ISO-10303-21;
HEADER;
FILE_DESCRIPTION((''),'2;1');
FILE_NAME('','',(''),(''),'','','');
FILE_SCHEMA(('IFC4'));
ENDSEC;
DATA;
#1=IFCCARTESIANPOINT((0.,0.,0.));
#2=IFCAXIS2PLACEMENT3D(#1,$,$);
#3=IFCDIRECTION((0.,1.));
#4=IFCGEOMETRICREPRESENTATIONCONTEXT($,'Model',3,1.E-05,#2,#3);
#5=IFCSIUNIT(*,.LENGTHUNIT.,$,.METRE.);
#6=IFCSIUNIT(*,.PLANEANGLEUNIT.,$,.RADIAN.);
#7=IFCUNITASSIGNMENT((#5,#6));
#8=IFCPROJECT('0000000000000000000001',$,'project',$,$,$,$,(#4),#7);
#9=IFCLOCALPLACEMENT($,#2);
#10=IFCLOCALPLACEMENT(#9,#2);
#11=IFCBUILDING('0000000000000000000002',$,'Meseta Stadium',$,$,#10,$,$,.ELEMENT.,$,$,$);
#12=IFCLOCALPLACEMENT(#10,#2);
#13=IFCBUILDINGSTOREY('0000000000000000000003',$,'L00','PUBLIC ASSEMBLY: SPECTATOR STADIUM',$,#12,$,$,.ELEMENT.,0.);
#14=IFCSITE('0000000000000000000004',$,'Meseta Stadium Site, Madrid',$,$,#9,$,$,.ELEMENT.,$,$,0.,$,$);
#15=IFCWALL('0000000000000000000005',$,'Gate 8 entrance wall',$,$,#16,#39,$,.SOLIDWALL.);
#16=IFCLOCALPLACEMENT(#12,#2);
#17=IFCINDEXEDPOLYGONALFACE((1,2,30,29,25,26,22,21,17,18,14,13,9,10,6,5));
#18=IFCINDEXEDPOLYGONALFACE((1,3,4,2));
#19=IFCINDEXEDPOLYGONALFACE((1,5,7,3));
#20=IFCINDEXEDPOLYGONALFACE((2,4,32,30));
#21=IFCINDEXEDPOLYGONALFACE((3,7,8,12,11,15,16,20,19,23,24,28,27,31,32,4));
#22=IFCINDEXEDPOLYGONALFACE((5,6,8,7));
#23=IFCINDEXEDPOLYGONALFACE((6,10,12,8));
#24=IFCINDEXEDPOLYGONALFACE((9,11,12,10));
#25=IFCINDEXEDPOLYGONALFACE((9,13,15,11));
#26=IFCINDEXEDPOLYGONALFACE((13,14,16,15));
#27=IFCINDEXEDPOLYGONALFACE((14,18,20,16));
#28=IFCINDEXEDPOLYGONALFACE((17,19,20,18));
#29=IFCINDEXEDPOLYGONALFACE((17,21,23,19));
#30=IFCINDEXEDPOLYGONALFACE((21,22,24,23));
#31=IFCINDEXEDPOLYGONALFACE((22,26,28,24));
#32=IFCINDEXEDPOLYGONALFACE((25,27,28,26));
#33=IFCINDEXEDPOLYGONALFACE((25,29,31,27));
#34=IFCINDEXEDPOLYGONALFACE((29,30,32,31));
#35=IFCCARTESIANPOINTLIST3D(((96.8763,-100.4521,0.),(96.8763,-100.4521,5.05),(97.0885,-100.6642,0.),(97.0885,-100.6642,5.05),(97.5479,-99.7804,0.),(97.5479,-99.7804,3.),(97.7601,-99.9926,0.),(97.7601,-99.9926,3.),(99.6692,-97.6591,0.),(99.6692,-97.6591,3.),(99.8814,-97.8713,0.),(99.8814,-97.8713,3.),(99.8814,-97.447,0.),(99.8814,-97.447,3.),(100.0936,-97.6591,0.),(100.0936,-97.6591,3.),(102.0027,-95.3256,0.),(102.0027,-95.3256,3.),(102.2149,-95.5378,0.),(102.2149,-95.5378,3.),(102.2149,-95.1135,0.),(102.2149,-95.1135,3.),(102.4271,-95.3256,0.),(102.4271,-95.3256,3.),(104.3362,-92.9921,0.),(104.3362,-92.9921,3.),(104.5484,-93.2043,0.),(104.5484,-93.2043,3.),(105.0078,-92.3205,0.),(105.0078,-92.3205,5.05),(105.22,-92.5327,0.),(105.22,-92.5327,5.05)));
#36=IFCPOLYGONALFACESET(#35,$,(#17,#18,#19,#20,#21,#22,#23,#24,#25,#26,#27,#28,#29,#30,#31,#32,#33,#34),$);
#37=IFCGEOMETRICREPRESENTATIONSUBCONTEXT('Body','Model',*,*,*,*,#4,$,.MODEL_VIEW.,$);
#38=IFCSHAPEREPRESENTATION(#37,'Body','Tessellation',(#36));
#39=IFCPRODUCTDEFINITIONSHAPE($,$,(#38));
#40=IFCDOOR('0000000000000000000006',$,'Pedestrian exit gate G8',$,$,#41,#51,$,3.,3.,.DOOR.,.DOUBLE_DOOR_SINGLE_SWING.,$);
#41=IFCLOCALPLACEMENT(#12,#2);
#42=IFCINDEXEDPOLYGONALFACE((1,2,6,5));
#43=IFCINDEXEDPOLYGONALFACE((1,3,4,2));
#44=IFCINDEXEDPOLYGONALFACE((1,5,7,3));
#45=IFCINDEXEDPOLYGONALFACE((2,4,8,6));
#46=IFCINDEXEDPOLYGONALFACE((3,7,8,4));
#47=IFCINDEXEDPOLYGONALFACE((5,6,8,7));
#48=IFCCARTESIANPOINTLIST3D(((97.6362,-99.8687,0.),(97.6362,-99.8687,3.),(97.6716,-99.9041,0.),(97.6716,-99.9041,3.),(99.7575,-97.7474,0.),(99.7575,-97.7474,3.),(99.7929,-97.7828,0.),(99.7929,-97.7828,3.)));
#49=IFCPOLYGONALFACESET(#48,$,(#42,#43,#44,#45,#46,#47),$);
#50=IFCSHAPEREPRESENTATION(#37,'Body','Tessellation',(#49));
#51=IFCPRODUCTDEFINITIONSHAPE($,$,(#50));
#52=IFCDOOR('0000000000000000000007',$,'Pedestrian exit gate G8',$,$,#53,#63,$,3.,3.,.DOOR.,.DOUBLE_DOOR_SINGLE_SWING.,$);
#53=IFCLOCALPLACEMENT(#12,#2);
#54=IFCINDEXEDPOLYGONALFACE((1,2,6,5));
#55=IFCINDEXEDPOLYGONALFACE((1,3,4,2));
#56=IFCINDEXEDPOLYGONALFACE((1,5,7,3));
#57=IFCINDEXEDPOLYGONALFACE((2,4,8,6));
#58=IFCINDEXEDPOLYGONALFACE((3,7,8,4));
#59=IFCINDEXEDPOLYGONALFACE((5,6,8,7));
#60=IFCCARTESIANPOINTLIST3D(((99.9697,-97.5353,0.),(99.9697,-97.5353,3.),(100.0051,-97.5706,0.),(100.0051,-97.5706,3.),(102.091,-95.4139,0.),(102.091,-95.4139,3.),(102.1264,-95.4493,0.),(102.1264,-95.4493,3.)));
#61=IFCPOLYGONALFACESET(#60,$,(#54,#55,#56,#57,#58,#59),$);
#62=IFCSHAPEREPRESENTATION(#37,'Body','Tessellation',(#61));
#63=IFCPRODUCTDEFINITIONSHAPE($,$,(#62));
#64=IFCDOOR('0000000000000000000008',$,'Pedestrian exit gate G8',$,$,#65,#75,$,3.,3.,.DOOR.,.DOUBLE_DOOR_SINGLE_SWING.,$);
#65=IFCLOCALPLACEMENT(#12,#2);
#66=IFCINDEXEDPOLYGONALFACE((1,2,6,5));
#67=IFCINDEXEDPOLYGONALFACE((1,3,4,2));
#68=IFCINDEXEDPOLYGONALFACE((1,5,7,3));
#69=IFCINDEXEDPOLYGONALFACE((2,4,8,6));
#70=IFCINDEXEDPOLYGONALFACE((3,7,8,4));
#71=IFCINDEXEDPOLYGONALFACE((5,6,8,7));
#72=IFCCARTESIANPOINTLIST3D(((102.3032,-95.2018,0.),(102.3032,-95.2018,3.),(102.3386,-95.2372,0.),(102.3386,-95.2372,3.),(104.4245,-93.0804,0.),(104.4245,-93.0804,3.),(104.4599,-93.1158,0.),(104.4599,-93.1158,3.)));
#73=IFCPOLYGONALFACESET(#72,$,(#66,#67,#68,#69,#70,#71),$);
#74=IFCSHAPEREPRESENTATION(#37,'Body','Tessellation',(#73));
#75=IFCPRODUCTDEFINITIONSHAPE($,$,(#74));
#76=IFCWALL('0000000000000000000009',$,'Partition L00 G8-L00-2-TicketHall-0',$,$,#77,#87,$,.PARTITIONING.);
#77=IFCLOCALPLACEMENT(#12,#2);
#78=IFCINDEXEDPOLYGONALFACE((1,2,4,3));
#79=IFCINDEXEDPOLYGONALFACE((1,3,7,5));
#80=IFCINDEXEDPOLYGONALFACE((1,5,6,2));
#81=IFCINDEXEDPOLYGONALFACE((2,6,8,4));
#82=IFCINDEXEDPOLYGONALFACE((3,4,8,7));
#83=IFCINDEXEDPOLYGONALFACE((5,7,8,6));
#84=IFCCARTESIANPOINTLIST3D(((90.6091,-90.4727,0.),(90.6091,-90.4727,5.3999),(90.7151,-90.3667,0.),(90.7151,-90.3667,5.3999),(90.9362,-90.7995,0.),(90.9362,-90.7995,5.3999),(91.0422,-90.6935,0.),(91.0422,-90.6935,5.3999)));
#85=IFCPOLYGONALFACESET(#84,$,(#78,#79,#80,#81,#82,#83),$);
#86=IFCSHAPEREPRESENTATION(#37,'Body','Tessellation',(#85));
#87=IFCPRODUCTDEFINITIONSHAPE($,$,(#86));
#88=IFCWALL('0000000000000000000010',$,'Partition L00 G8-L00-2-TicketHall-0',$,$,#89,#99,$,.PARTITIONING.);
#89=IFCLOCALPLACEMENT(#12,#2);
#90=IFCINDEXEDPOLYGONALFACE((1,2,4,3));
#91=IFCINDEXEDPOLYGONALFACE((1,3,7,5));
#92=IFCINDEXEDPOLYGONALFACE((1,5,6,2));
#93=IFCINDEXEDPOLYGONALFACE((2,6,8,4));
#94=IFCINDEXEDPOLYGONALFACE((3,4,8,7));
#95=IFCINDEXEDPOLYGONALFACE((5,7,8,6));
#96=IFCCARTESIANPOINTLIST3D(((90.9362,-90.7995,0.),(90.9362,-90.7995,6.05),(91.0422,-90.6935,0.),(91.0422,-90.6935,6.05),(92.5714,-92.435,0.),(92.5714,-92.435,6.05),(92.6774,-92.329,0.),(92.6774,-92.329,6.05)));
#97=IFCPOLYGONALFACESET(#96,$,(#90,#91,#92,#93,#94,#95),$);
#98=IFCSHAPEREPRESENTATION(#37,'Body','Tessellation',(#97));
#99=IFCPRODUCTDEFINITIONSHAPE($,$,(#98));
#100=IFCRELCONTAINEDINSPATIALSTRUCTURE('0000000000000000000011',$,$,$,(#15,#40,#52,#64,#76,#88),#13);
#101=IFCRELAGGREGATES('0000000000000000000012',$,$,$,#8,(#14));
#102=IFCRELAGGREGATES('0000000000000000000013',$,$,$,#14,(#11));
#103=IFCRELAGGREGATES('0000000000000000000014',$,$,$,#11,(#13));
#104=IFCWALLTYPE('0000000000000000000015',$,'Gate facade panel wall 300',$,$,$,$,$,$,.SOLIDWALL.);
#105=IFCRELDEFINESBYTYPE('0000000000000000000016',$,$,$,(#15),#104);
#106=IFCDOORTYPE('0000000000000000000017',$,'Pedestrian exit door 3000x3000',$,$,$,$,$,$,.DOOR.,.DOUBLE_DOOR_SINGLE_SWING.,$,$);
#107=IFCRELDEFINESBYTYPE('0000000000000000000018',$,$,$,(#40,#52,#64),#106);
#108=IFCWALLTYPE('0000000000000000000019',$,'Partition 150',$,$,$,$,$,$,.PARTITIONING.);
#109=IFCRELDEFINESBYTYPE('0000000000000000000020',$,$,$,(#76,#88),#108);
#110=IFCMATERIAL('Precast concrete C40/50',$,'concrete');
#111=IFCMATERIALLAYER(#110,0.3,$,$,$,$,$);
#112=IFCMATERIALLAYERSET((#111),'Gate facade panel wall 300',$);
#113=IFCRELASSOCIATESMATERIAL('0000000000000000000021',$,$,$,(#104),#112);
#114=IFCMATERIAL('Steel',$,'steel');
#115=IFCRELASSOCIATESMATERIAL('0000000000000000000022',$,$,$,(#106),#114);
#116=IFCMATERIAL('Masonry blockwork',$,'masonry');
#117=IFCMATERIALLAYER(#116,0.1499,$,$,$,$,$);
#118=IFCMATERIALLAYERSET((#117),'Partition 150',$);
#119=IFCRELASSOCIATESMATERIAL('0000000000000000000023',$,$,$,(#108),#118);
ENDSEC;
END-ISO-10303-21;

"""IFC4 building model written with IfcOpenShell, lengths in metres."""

from ifc_helpers import new_model, si_unit, direction, frame, frame_2d, origin, place, context, subcontext, project, spatial, rectangle, extrude, material, layer, layer_set, type_object, element, fill, save


model = new_model("IFC4")

# Units and contexts
model_context = context("Model", 3, precision=1e-05, world=origin(), true_north=direction((0.0, 1.0)))
body_context = subcontext(model_context, "Body", "Model", "MODEL_VIEW")
ifc_project = project(units=[si_unit("LENGTHUNIT", "METRE"), si_unit("PLANEANGLEUNIT", "RADIAN")], contexts=[model_context])

# Site, building, storey
site_placement = place(None, origin())
site = spatial("IfcSite", under=ifc_project, at=site_placement, Name="Meseta Stadium Site, Madrid", CompositionType="ELEMENT", RefElevation=0.0)
building_placement = place(site_placement, origin())
building = spatial("IfcBuilding", under=site, at=building_placement, Name="Meseta Stadium", CompositionType="ELEMENT")
storey_placement = place(building_placement, origin())
storey = spatial("IfcBuildingStorey", under=building, at=storey_placement, Name="L00", Description="PUBLIC ASSEMBLY: SPECTATOR STADIUM", CompositionType="ELEMENT", Elevation=0.0)

# Shared definitions
ifc_material_1 = material(Name="Precast concrete C40/50", Category="concrete")
ifc_layer_1 = layer(ifc_material_1, 0.3)
ifc_layer_set_1 = layer_set([ifc_layer_1], Name="Gate facade panel wall 300")
wall_type_1 = type_object("IfcWallType", Name="Gate facade panel wall 300", PredefinedType="SOLIDWALL", material=ifc_layer_set_1)

# Wall, openings, doors
wall_1_placement = place(storey_placement, frame((105.114, -92.4265, 0.0), z_axis=(0.0, 0.0, 1.0), x_axis=(-0.707107, -0.707107, 0.0)))
wall_1 = element("IfcWall", 1, at=wall_1_placement, inside=storey, type_object=wall_type_1, Name="Gate 8 entrance wall", PredefinedType="SOLIDWALL", context=body_context, shape_type="SweptSolid", body=[
    extrude(rectangle(XDim=11.4998, YDim=0.3, at=frame_2d((5.75, 0.0))), origin(), (0.0, 0.0, 1.0), 5.05),
])
opening_1_placement = place(wall_1_placement, frame((7.55, 0.0, 0.0)))
opening_1 = element("IfcOpeningElement", 2, at=opening_1_placement, cuts=wall_1, PredefinedType="OPENING", context=body_context, shape_type="SweptSolid", body=[
    extrude(rectangle(XDim=3.0, YDim=3.0, at=frame_2d((1.5, 1.5))), frame((0.0, 0.1599, 0.0), z_axis=(0.0, -1.0, 0.0), x_axis=(1.0, 0.0, 0.0)), (0.0, 0.0, 1.0), 0.3201),
])
opening_2_placement = place(wall_1_placement, frame((4.25, 0.0, 0.0)))
opening_2 = element("IfcOpeningElement", 3, at=opening_2_placement, cuts=wall_1, PredefinedType="OPENING", context=body_context, shape_type="SweptSolid", body=[
    extrude(rectangle(XDim=3.0, YDim=3.0, at=frame_2d((1.5, 1.5))), frame((0.0, 0.1599, 0.0), z_axis=(0.0, -1.0, 0.0), x_axis=(1.0, 0.0, 0.0)), (0.0, 0.0, 1.0), 0.3201),
])
opening_3_placement = place(wall_1_placement, frame((0.95, 0.0, 0.0)))
opening_3 = element("IfcOpeningElement", 4, at=opening_3_placement, cuts=wall_1, PredefinedType="OPENING", context=body_context, shape_type="SweptSolid", body=[
    extrude(rectangle(XDim=3.0, YDim=3.0, at=frame_2d((1.5, 1.5))), frame((0.0, 0.1599, 0.0), z_axis=(0.0, -1.0, 0.0), x_axis=(1.0, 0.0, 0.0)), (0.0, 0.0, 1.0), 0.3201),
])
ifc_material_2 = material(Name="Steel", Category="steel")
door_type_1 = type_object("IfcDoorType", Name="Pedestrian exit door 3000x3000", OperationType="DOUBLE_DOOR_SINGLE_SWING", PredefinedType="DOOR", material=ifc_material_2)
door_1_placement = place(opening_1_placement, origin())
door_1 = element("IfcDoor", 5, at=door_1_placement, inside=storey, type_object=door_type_1, Name="Pedestrian exit gate G8", OperationType="DOUBLE_DOOR_SINGLE_SWING", OverallHeight=3.0, OverallWidth=3.0, PredefinedType="DOOR", context=body_context, shape_type="SweptSolid", body=[
    extrude(rectangle(XDim=3.0, YDim=3.0, at=frame_2d((1.5, 1.5))), frame((0.0, 0.0249, 0.0), z_axis=(0.0, -1.0, 0.0), x_axis=(1.0, 0.0, 0.0)), (0.0, 0.0, 1.0), 0.05),
])
fill(opening_1, door_1)
door_2_placement = place(opening_2_placement, origin())
door_2 = element("IfcDoor", 6, at=door_2_placement, inside=storey, type_object=door_type_1, Name="Pedestrian exit gate G8", OperationType="DOUBLE_DOOR_SINGLE_SWING", OverallHeight=3.0, OverallWidth=3.0, PredefinedType="DOOR", context=body_context, shape_type="SweptSolid", body=[
    extrude(rectangle(XDim=3.0, YDim=3.0, at=frame_2d((1.5, 1.5))), frame((0.0, 0.0249, 0.0), z_axis=(0.0, -1.0, 0.0), x_axis=(1.0, 0.0, 0.0)), (0.0, 0.0, 1.0), 0.05),
])
fill(opening_2, door_2)
door_3_placement = place(opening_3_placement, origin())
door_3 = element("IfcDoor", 7, at=door_3_placement, inside=storey, type_object=door_type_1, Name="Pedestrian exit gate G8", OperationType="DOUBLE_DOOR_SINGLE_SWING", OverallHeight=3.0, OverallWidth=3.0, PredefinedType="DOOR", context=body_context, shape_type="SweptSolid", body=[
    extrude(rectangle(XDim=3.0, YDim=3.0, at=frame_2d((1.5, 1.5))), frame((0.0, 0.0249, 0.0), z_axis=(0.0, -1.0, 0.0), x_axis=(1.0, 0.0, 0.0)), (0.0, 0.0, 1.0), 0.05),
])
fill(opening_3, door_3)

# Walls
ifc_material_3 = material(Name="Masonry blockwork", Category="masonry")
ifc_layer_2 = layer(ifc_material_3, 0.1499)
ifc_layer_set_2 = layer_set([ifc_layer_2], Name="Partition 150")
wall_type_2 = type_object("IfcWallType", Name="Partition 150", PredefinedType="PARTITIONING", material=ifc_layer_set_2)
wall_2_placement = place(storey_placement, frame((90.6621, -90.4197, 0.0), z_axis=(0.0, 0.0, 1.0), x_axis=(0.707371, -0.706843, 0.0)))
element("IfcWall", 8, at=wall_2_placement, inside=storey, type_object=wall_type_2, Name="Partition L00 G8-L00-2-TicketHall-0", PredefinedType="PARTITIONING", context=body_context, shape_type="SweptSolid", body=[
    extrude(rectangle(XDim=0.4624, YDim=0.1499, at=frame_2d((0.2312, 0.0))), origin(), (0.0, 0.0, 1.0), 5.3999),
])
wall_3_placement = place(storey_placement, frame((90.9893, -90.7466, 0.0), z_axis=(0.0, 0.0, 1.0), x_axis=(0.707054, -0.70716, 0.0)))
element("IfcWall", 9, at=wall_3_placement, inside=storey, type_object=wall_type_2, Name="Partition L00 G8-L00-2-TicketHall-0", PredefinedType="PARTITIONING", context=body_context, shape_type="SweptSolid", body=[
    extrude(rectangle(XDim=2.3127, YDim=0.1499, at=frame_2d((1.1562, 0.0))), origin(), (0.0, 0.0, 1.0), 6.05),
])

save(model, "model.ifc")
